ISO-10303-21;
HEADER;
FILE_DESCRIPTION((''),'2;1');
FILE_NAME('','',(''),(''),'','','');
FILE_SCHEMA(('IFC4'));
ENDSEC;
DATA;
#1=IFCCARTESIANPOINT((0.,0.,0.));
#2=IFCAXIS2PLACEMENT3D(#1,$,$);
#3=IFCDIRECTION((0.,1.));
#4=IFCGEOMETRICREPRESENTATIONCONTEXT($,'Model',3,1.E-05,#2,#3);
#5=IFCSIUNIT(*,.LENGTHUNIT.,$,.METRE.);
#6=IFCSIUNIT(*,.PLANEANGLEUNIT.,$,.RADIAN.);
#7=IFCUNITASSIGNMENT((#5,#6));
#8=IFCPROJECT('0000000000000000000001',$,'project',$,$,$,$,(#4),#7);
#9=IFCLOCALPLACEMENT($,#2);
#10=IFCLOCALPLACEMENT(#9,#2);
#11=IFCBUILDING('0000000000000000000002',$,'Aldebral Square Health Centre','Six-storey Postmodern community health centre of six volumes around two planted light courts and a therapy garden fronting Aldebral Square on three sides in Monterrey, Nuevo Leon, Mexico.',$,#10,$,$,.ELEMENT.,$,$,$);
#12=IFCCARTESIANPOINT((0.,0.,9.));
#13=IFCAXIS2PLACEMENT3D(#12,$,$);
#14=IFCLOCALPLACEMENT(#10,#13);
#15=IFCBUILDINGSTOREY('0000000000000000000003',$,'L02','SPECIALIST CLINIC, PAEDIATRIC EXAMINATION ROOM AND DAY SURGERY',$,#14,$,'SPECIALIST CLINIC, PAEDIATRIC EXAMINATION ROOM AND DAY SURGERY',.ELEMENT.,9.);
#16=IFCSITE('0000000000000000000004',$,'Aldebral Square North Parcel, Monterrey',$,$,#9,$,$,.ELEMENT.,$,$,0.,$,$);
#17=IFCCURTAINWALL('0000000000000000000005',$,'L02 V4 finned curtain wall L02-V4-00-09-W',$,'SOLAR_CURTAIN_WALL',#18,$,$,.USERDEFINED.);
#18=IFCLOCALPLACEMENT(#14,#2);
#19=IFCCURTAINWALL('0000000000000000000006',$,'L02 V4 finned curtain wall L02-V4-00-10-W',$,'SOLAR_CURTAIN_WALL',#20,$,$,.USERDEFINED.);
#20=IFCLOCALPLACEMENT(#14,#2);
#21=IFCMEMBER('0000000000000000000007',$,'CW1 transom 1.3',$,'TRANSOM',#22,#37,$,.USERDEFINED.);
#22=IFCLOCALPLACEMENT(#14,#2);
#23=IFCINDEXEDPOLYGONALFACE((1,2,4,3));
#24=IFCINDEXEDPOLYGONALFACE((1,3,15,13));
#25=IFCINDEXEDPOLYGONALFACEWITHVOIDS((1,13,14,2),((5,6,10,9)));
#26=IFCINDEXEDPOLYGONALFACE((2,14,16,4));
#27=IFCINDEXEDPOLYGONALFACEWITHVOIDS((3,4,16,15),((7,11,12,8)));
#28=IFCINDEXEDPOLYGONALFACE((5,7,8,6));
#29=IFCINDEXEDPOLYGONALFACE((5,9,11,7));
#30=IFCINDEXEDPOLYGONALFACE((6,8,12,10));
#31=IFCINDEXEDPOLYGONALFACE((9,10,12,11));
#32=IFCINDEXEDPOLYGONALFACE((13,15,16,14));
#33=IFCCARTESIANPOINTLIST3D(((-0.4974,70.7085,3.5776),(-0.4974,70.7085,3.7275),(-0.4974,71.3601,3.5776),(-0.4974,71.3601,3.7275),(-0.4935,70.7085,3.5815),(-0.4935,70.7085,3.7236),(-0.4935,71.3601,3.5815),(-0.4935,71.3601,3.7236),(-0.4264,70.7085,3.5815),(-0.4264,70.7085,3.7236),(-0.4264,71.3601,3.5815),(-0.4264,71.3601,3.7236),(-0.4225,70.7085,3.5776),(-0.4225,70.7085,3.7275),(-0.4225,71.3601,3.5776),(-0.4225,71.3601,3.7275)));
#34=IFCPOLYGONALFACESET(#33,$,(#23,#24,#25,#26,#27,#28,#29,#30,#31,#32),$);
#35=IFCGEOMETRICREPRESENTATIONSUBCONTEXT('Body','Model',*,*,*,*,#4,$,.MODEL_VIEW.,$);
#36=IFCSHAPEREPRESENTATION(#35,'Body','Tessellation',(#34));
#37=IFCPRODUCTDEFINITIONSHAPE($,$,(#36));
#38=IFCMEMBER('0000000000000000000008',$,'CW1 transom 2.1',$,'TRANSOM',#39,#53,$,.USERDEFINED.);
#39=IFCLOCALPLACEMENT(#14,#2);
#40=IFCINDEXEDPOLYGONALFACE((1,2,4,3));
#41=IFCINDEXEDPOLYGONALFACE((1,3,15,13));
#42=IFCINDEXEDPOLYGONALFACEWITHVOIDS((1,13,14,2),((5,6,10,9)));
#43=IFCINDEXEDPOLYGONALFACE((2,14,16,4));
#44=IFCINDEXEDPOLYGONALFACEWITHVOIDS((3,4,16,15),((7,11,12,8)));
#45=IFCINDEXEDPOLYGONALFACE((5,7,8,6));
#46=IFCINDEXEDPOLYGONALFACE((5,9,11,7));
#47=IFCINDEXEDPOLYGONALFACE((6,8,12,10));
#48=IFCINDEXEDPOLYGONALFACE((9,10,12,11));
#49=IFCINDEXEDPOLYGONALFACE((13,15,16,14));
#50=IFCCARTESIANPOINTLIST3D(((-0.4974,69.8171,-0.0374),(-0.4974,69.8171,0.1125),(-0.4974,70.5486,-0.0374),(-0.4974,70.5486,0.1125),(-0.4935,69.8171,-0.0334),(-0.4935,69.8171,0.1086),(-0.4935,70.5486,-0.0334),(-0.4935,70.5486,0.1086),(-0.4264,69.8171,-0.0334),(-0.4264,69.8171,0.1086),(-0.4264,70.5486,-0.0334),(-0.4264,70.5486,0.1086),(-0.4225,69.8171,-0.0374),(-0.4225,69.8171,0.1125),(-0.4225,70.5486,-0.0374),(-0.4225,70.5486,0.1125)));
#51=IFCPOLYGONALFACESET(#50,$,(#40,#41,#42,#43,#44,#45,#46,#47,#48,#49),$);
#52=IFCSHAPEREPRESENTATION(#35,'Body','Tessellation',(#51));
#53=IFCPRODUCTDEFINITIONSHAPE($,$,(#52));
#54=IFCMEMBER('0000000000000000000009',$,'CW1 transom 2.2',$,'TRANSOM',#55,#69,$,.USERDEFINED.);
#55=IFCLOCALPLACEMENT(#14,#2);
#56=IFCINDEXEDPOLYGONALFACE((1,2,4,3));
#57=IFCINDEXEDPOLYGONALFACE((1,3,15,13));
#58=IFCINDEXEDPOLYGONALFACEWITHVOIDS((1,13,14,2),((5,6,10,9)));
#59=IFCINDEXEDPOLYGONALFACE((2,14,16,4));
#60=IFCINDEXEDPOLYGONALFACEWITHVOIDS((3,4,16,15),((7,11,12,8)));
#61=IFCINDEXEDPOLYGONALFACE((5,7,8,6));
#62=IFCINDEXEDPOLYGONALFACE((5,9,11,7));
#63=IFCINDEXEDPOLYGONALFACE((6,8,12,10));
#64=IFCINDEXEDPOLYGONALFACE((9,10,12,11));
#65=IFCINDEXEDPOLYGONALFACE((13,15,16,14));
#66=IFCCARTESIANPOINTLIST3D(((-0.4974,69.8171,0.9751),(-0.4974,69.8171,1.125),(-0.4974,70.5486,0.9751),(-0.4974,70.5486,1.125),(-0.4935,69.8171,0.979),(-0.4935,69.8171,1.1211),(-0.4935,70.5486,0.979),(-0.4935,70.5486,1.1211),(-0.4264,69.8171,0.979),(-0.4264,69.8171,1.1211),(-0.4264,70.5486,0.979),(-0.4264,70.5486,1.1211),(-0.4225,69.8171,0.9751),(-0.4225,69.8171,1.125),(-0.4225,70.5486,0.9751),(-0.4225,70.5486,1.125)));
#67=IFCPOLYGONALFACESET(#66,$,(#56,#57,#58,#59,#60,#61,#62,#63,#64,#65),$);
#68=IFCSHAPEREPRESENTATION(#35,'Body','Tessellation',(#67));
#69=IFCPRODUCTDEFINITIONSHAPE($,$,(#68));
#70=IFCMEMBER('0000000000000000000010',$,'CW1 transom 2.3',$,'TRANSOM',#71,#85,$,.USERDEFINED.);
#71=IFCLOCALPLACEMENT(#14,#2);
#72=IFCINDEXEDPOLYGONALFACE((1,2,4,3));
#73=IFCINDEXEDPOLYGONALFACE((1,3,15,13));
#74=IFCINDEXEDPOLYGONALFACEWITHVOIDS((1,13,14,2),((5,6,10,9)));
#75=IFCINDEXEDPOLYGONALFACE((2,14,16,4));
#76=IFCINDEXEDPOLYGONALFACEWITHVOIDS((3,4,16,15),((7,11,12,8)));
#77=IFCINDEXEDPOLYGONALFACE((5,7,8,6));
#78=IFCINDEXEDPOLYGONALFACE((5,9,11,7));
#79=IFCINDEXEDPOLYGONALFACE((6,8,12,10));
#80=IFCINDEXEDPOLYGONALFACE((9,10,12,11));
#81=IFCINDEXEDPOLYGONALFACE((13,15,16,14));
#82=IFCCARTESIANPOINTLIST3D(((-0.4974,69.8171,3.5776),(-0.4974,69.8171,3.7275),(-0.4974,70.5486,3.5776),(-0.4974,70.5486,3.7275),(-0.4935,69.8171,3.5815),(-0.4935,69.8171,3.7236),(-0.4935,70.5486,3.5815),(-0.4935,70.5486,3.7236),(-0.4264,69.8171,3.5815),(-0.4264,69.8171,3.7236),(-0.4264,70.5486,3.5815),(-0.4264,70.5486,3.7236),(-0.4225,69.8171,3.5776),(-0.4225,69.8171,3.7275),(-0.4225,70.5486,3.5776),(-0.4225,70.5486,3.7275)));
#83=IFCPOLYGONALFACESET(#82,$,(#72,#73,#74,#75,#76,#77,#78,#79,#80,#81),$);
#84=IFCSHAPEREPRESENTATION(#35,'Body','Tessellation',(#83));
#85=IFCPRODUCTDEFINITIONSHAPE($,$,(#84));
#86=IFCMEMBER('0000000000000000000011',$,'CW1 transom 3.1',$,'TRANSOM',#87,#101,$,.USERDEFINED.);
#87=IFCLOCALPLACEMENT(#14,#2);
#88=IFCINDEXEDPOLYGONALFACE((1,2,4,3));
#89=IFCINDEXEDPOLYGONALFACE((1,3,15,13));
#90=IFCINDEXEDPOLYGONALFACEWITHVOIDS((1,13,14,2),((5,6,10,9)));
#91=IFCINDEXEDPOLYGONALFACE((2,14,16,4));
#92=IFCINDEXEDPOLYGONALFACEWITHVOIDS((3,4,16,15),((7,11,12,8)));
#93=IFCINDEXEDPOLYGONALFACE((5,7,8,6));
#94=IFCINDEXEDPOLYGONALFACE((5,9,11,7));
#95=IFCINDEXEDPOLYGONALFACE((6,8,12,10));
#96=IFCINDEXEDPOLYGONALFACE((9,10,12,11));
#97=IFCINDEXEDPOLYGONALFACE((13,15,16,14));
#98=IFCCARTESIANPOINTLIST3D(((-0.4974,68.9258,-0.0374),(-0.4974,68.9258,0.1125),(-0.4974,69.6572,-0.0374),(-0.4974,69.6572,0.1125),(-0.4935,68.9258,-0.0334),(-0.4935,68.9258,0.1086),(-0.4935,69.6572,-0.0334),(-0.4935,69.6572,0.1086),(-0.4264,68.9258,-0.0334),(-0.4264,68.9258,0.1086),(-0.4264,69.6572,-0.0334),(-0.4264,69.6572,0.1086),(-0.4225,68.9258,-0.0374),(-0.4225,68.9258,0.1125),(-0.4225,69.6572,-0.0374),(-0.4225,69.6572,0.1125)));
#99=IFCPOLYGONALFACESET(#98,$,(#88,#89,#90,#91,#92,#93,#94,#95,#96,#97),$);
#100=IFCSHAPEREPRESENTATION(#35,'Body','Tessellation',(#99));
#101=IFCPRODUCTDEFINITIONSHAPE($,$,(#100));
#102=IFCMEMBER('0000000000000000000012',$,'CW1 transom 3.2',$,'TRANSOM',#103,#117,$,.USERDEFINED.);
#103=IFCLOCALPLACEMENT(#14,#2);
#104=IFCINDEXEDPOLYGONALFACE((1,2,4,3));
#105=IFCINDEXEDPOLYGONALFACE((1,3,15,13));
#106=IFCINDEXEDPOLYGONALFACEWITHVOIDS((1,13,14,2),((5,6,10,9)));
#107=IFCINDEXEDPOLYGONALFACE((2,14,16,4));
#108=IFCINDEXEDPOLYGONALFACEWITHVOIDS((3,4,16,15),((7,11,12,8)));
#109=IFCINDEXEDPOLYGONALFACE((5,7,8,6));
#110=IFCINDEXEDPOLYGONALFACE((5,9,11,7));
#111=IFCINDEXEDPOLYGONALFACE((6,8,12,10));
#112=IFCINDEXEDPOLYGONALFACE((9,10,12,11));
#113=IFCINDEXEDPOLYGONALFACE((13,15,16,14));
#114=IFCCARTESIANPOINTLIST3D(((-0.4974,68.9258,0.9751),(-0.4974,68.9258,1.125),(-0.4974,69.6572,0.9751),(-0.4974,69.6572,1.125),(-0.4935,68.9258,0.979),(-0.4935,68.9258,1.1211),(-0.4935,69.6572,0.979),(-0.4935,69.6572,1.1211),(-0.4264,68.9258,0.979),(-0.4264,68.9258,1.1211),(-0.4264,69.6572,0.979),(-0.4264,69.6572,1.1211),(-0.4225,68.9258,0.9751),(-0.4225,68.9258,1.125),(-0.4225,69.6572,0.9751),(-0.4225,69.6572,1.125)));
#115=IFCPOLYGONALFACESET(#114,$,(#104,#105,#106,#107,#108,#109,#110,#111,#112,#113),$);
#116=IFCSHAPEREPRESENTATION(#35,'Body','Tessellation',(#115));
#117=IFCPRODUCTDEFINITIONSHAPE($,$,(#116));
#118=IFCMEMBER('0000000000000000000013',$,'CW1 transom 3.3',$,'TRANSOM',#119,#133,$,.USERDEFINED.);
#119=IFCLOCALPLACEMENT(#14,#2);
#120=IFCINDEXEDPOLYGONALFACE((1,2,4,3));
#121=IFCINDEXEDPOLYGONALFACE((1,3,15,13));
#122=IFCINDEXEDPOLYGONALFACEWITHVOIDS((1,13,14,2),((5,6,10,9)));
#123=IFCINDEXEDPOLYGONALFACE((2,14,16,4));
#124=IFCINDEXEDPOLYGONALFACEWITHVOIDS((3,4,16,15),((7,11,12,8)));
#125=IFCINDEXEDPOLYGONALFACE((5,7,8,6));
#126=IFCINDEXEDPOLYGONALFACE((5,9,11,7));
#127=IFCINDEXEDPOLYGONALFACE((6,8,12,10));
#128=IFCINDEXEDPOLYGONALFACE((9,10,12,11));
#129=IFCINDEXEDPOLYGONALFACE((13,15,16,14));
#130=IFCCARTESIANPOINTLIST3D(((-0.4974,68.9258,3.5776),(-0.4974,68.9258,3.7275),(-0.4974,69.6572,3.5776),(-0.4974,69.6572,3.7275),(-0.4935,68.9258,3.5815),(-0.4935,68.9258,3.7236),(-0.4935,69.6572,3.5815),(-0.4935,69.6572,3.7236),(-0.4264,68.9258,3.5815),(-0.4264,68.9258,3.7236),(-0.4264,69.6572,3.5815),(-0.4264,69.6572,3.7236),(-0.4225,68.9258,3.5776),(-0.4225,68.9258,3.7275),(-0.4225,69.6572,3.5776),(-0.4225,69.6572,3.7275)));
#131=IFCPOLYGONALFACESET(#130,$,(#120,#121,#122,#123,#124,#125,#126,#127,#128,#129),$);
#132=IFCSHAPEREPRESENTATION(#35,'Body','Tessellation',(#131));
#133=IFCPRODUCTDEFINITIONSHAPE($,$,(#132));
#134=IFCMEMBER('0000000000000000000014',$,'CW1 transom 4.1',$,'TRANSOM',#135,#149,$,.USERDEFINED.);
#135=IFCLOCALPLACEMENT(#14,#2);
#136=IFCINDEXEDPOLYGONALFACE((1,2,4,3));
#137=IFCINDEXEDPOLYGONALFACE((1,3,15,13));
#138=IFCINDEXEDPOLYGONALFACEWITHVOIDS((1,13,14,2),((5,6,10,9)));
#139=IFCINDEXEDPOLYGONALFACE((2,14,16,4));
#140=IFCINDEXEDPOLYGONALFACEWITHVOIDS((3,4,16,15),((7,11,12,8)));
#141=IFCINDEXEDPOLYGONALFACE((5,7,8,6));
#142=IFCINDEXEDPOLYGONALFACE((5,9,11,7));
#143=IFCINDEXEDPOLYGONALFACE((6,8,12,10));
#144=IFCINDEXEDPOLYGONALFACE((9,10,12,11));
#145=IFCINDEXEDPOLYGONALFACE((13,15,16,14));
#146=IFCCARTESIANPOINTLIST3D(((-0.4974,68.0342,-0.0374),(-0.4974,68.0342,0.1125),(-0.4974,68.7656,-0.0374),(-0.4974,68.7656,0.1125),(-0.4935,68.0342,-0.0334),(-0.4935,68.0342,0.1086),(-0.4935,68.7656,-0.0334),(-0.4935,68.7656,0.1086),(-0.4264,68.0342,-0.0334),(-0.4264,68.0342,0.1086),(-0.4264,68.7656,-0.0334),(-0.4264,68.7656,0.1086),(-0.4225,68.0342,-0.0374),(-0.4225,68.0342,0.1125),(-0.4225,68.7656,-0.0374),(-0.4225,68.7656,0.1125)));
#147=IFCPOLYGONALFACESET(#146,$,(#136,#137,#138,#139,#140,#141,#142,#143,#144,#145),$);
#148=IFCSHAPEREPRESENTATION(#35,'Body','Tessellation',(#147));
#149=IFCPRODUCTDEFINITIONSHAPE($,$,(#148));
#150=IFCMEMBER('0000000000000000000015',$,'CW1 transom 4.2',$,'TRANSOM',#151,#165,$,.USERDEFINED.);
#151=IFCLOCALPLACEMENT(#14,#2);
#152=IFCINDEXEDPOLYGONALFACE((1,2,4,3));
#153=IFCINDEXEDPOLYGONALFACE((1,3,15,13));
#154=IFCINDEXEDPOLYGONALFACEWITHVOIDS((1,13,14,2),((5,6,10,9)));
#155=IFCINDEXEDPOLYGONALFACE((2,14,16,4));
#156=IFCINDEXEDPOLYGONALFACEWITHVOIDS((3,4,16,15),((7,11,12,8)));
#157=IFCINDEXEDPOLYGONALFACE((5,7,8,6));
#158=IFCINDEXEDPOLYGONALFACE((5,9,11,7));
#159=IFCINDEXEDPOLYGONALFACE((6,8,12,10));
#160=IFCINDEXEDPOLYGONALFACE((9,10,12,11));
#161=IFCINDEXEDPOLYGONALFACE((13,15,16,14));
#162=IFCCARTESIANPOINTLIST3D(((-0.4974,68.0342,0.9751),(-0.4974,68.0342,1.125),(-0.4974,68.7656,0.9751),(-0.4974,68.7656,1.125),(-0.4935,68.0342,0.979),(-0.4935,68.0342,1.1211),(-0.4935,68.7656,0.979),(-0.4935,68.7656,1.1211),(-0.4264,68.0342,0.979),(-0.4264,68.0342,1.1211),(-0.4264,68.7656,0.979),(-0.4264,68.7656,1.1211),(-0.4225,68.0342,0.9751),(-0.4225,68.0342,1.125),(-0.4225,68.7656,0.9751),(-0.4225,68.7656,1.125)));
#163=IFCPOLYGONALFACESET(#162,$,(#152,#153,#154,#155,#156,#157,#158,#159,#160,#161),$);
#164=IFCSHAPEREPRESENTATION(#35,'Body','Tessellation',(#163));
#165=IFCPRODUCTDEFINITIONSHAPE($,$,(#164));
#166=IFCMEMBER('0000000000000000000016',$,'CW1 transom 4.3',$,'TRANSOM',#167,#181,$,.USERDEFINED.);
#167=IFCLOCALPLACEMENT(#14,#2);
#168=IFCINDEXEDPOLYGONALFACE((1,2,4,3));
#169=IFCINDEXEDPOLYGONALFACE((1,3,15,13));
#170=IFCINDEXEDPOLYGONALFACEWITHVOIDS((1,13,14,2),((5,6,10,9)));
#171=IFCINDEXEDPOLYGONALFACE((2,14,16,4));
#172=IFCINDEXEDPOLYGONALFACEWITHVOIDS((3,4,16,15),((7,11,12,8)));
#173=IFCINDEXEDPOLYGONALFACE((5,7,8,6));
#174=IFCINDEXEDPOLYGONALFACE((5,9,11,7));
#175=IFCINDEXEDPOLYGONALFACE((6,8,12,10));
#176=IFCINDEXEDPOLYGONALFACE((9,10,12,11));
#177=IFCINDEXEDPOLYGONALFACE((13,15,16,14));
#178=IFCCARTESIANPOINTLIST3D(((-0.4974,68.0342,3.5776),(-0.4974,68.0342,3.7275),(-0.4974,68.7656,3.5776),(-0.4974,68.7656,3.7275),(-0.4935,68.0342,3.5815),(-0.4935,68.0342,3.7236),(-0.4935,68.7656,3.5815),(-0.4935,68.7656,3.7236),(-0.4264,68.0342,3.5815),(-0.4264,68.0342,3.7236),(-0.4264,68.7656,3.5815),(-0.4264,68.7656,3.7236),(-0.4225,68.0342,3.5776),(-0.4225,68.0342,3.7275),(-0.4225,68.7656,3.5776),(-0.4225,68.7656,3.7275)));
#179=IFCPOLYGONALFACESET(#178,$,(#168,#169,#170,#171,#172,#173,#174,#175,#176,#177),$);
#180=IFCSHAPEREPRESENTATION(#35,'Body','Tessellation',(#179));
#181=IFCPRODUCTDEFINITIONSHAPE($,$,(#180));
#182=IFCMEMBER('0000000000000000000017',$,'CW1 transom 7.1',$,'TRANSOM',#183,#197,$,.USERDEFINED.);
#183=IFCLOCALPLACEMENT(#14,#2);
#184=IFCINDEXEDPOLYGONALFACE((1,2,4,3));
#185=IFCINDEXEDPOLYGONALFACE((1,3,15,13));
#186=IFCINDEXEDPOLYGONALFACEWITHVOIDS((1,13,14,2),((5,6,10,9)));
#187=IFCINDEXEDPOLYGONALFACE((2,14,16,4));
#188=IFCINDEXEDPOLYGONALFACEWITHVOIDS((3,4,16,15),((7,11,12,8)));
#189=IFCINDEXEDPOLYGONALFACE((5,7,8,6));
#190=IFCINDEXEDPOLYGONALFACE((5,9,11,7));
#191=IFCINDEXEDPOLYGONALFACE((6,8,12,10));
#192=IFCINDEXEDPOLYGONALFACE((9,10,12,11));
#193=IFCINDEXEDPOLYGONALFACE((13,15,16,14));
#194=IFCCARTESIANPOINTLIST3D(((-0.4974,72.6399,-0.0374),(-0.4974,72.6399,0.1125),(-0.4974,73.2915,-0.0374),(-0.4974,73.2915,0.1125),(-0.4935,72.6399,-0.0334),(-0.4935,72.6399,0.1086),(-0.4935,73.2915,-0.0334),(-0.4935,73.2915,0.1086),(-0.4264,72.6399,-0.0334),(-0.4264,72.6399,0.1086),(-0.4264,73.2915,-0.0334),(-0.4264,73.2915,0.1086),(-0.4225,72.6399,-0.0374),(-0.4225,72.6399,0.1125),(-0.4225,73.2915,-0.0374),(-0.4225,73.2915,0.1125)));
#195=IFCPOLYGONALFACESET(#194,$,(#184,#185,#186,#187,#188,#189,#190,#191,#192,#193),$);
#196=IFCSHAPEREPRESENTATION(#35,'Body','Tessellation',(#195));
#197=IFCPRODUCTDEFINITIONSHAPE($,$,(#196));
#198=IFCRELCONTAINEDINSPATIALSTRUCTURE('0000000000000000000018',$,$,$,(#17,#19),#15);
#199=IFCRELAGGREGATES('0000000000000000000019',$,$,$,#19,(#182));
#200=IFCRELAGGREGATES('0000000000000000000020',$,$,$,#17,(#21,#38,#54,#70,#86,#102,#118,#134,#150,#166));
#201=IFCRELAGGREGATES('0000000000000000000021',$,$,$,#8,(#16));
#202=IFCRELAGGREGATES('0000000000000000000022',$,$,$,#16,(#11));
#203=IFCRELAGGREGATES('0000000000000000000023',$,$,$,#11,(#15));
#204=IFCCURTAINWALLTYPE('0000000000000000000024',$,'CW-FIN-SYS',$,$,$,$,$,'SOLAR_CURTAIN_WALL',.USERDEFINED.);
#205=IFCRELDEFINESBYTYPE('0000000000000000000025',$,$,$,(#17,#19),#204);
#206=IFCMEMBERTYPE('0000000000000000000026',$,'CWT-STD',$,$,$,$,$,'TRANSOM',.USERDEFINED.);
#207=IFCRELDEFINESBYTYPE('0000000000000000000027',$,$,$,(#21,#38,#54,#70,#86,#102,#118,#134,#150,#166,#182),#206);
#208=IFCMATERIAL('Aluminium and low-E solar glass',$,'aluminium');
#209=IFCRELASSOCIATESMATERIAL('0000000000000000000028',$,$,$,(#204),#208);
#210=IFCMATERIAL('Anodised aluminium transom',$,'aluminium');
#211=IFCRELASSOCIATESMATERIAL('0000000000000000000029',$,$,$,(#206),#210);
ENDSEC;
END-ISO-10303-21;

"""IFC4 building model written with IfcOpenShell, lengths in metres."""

from ifc_helpers import new_model, si_unit, direction, frame, origin, origin_2d, place, context, subcontext, project, spatial, hollow_rectangle, extrude, material, material_profile, profile_set, type_object, element, aggregate, save


model = new_model("IFC4")

# Units and contexts
model_context = context("Model", 3, precision=1e-05, world=origin(), true_north=direction((0.0, 1.0)))
body_context = subcontext(model_context, "Body", "Model", "MODEL_VIEW")
ifc_project = project(units=[si_unit("LENGTHUNIT", "METRE"), si_unit("PLANEANGLEUNIT", "RADIAN")], contexts=[model_context])

# Site, building, storey
site_placement = place(None, origin())
site = spatial("IfcSite", under=ifc_project, at=site_placement, Name="Aldebral Square North Parcel, Monterrey", CompositionType="ELEMENT", RefElevation=0.0)
building_placement = place(site_placement, origin())
building = spatial("IfcBuilding", under=site, at=building_placement, Name="Aldebral Square Health Centre", Description="Six-storey Postmodern community health centre of six volumes around two planted light courts and a therapy garden fronting Aldebral Square on three sides in Monterrey, Nuevo Leon, Mexico.", CompositionType="ELEMENT")
storey_placement = place(building_placement, frame((0.0, 0.0, 9.0)))
storey = spatial("IfcBuildingStorey", under=building, at=storey_placement, Name="L02", Description="SPECIALIST CLINIC, PAEDIATRIC EXAMINATION ROOM AND DAY SURGERY", LongName="SPECIALIST CLINIC, PAEDIATRIC EXAMINATION ROOM AND DAY SURGERY", CompositionType="ELEMENT", Elevation=9.0)

# Curtain walls
ifc_material_1 = material(Name="Aluminium and low-E solar glass", Category="aluminium")
curtain_wall_type = type_object("IfcCurtainWallType", Name="CW-FIN-SYS", ElementType="SOLAR_CURTAIN_WALL", PredefinedType="USERDEFINED", material=ifc_material_1)
curtain_wall_1_placement = place(storey_placement, origin())
curtain_wall_1 = element("IfcCurtainWall", 1, at=curtain_wall_1_placement, inside=storey, type_object=curtain_wall_type, Name="L02 V4 finned curtain wall L02-V4-00-09-W", ObjectType="SOLAR_CURTAIN_WALL", PredefinedType="USERDEFINED")
curtain_wall_2_placement = place(storey_placement, origin())
curtain_wall_2 = element("IfcCurtainWall", 2, at=curtain_wall_2_placement, inside=storey, type_object=curtain_wall_type, Name="L02 V4 finned curtain wall L02-V4-00-10-W", ObjectType="SOLAR_CURTAIN_WALL", PredefinedType="USERDEFINED")

# Members
ifc_material_2 = material(Name="Anodised aluminium transom", Category="aluminium")
ifc_material_profile_1 = material_profile(ifc_material_2, hollow_rectangle(XDim=0.075, YDim=0.1499, WallThickness=0.0039, at=origin_2d()), Name="CWT 75x150x4")
ifc_profile_set_1 = profile_set([ifc_material_profile_1], Name="Anodised aluminium transom")
member_type_1 = type_object("IfcMemberType", Name="CWT-STD", ElementType="TRANSOM", PredefinedType="USERDEFINED", material=ifc_profile_set_1)
member_1_placement = place(storey_placement, frame((-0.46, 71.3601, 3.6526), z_axis=(0.0, -1.0, 0.0), x_axis=(1.0, 0.0, 0.0)))
member_1 = element("IfcMember", 3, at=member_1_placement, type_object=member_type_1, Name="CW1 transom 1.3", ObjectType="TRANSOM", PredefinedType="USERDEFINED", context=body_context, shape_type="SweptSolid", body=[
    extrude(hollow_rectangle(XDim=0.075, YDim=0.1499, WallThickness=0.0039, at=origin_2d()), origin(), (0.0, 0.0, 1.0), 0.6516),
])
member_2_placement = place(storey_placement, frame((-0.46, 70.5486, 0.0376), z_axis=(0.0, -1.0, 0.0), x_axis=(1.0, 0.0, 0.0)))
member_2 = element("IfcMember", 4, at=member_2_placement, type_object=member_type_1, Name="CW1 transom 2.1", ObjectType="TRANSOM", PredefinedType="USERDEFINED", context=body_context, shape_type="SweptSolid", body=[
    extrude(hollow_rectangle(XDim=0.075, YDim=0.1499, WallThickness=0.0039, at=origin_2d()), origin(), (0.0, 0.0, 1.0), 0.7314),
])
member_3_placement = place(storey_placement, frame((-0.46, 70.5486, 1.05), z_axis=(0.0, -1.0, 0.0), x_axis=(1.0, 0.0, 0.0)))
member_3 = element("IfcMember", 5, at=member_3_placement, type_object=member_type_1, Name="CW1 transom 2.2", ObjectType="TRANSOM", PredefinedType="USERDEFINED", context=body_context, shape_type="SweptSolid", body=[
    extrude(hollow_rectangle(XDim=0.075, YDim=0.1499, WallThickness=0.0039, at=origin_2d()), origin(), (0.0, 0.0, 1.0), 0.7314),
])
member_4_placement = place(storey_placement, frame((-0.46, 70.5486, 3.6526), z_axis=(0.0, -1.0, 0.0), x_axis=(1.0, 0.0, 0.0)))
member_4 = element("IfcMember", 6, at=member_4_placement, type_object=member_type_1, Name="CW1 transom 2.3", ObjectType="TRANSOM", PredefinedType="USERDEFINED", context=body_context, shape_type="SweptSolid", body=[
    extrude(hollow_rectangle(XDim=0.075, YDim=0.1499, WallThickness=0.0039, at=origin_2d()), origin(), (0.0, 0.0, 1.0), 0.7314),
])
member_5_placement = place(storey_placement, frame((-0.46, 69.6572, 0.0376), z_axis=(0.0, -1.0, 0.0), x_axis=(1.0, 0.0, 0.0)))
member_5 = element("IfcMember", 7, at=member_5_placement, type_object=member_type_1, Name="CW1 transom 3.1", ObjectType="TRANSOM", PredefinedType="USERDEFINED", context=body_context, shape_type="SweptSolid", body=[
    extrude(hollow_rectangle(XDim=0.075, YDim=0.1499, WallThickness=0.0039, at=origin_2d()), origin(), (0.0, 0.0, 1.0), 0.7314),
])
member_6_placement = place(storey_placement, frame((-0.46, 69.6572, 1.05), z_axis=(0.0, -1.0, 0.0), x_axis=(1.0, 0.0, 0.0)))
member_6 = element("IfcMember", 8, at=member_6_placement, type_object=member_type_1, Name="CW1 transom 3.2", ObjectType="TRANSOM", PredefinedType="USERDEFINED", context=body_context, shape_type="SweptSolid", body=[
    extrude(hollow_rectangle(XDim=0.075, YDim=0.1499, WallThickness=0.0039, at=origin_2d()), origin(), (0.0, 0.0, 1.0), 0.7314),
])
member_7_placement = place(storey_placement, frame((-0.46, 69.6572, 3.6526), z_axis=(0.0, -1.0, 0.0), x_axis=(1.0, 0.0, 0.0)))
member_7 = element("IfcMember", 9, at=member_7_placement, type_object=member_type_1, Name="CW1 transom 3.3", ObjectType="TRANSOM", PredefinedType="USERDEFINED", context=body_context, shape_type="SweptSolid", body=[
    extrude(hollow_rectangle(XDim=0.075, YDim=0.1499, WallThickness=0.0039, at=origin_2d()), origin(), (0.0, 0.0, 1.0), 0.7314),
])
member_8_placement = place(storey_placement, frame((-0.46, 68.7656, 0.0376), z_axis=(0.0, -1.0, 0.0), x_axis=(1.0, 0.0, 0.0)))
member_8 = element("IfcMember", 10, at=member_8_placement, type_object=member_type_1, Name="CW1 transom 4.1", ObjectType="TRANSOM", PredefinedType="USERDEFINED", context=body_context, shape_type="SweptSolid", body=[
    extrude(hollow_rectangle(XDim=0.075, YDim=0.1499, WallThickness=0.0039, at=origin_2d()), origin(), (0.0, 0.0, 1.0), 0.7314),
])
member_9_placement = place(storey_placement, frame((-0.46, 68.7656, 1.05), z_axis=(0.0, -1.0, 0.0), x_axis=(1.0, 0.0, 0.0)))
member_9 = element("IfcMember", 11, at=member_9_placement, type_object=member_type_1, Name="CW1 transom 4.2", ObjectType="TRANSOM", PredefinedType="USERDEFINED", context=body_context, shape_type="SweptSolid", body=[
    extrude(hollow_rectangle(XDim=0.075, YDim=0.1499, WallThickness=0.0039, at=origin_2d()), origin(), (0.0, 0.0, 1.0), 0.7314),
])
member_10_placement = place(storey_placement, frame((-0.46, 68.7656, 3.6526), z_axis=(0.0, -1.0, 0.0), x_axis=(1.0, 0.0, 0.0)))
member_10 = element("IfcMember", 12, at=member_10_placement, type_object=member_type_1, Name="CW1 transom 4.3", ObjectType="TRANSOM", PredefinedType="USERDEFINED", context=body_context, shape_type="SweptSolid", body=[
    extrude(hollow_rectangle(XDim=0.075, YDim=0.1499, WallThickness=0.0039, at=origin_2d()), origin(), (0.0, 0.0, 1.0), 0.7314),
])
member_11_placement = place(storey_placement, frame((-0.46, 73.2915, 0.0376), z_axis=(0.0, -1.0, 0.0), x_axis=(1.0, 0.0, 0.0)))
member_11 = element("IfcMember", 13, at=member_11_placement, type_object=member_type_1, Name="CW1 transom 7.1", ObjectType="TRANSOM", PredefinedType="USERDEFINED", context=body_context, shape_type="SweptSolid", body=[
    extrude(hollow_rectangle(XDim=0.075, YDim=0.1499, WallThickness=0.0039, at=origin_2d()), origin(), (0.0, 0.0, 1.0), 0.6516),
])

aggregate(curtain_wall_2, [member_11])
aggregate(curtain_wall_1, [member_1, member_2, member_3, member_4, member_5, member_6, member_7, member_8, member_9, member_10])

save(model, "model.ifc")
